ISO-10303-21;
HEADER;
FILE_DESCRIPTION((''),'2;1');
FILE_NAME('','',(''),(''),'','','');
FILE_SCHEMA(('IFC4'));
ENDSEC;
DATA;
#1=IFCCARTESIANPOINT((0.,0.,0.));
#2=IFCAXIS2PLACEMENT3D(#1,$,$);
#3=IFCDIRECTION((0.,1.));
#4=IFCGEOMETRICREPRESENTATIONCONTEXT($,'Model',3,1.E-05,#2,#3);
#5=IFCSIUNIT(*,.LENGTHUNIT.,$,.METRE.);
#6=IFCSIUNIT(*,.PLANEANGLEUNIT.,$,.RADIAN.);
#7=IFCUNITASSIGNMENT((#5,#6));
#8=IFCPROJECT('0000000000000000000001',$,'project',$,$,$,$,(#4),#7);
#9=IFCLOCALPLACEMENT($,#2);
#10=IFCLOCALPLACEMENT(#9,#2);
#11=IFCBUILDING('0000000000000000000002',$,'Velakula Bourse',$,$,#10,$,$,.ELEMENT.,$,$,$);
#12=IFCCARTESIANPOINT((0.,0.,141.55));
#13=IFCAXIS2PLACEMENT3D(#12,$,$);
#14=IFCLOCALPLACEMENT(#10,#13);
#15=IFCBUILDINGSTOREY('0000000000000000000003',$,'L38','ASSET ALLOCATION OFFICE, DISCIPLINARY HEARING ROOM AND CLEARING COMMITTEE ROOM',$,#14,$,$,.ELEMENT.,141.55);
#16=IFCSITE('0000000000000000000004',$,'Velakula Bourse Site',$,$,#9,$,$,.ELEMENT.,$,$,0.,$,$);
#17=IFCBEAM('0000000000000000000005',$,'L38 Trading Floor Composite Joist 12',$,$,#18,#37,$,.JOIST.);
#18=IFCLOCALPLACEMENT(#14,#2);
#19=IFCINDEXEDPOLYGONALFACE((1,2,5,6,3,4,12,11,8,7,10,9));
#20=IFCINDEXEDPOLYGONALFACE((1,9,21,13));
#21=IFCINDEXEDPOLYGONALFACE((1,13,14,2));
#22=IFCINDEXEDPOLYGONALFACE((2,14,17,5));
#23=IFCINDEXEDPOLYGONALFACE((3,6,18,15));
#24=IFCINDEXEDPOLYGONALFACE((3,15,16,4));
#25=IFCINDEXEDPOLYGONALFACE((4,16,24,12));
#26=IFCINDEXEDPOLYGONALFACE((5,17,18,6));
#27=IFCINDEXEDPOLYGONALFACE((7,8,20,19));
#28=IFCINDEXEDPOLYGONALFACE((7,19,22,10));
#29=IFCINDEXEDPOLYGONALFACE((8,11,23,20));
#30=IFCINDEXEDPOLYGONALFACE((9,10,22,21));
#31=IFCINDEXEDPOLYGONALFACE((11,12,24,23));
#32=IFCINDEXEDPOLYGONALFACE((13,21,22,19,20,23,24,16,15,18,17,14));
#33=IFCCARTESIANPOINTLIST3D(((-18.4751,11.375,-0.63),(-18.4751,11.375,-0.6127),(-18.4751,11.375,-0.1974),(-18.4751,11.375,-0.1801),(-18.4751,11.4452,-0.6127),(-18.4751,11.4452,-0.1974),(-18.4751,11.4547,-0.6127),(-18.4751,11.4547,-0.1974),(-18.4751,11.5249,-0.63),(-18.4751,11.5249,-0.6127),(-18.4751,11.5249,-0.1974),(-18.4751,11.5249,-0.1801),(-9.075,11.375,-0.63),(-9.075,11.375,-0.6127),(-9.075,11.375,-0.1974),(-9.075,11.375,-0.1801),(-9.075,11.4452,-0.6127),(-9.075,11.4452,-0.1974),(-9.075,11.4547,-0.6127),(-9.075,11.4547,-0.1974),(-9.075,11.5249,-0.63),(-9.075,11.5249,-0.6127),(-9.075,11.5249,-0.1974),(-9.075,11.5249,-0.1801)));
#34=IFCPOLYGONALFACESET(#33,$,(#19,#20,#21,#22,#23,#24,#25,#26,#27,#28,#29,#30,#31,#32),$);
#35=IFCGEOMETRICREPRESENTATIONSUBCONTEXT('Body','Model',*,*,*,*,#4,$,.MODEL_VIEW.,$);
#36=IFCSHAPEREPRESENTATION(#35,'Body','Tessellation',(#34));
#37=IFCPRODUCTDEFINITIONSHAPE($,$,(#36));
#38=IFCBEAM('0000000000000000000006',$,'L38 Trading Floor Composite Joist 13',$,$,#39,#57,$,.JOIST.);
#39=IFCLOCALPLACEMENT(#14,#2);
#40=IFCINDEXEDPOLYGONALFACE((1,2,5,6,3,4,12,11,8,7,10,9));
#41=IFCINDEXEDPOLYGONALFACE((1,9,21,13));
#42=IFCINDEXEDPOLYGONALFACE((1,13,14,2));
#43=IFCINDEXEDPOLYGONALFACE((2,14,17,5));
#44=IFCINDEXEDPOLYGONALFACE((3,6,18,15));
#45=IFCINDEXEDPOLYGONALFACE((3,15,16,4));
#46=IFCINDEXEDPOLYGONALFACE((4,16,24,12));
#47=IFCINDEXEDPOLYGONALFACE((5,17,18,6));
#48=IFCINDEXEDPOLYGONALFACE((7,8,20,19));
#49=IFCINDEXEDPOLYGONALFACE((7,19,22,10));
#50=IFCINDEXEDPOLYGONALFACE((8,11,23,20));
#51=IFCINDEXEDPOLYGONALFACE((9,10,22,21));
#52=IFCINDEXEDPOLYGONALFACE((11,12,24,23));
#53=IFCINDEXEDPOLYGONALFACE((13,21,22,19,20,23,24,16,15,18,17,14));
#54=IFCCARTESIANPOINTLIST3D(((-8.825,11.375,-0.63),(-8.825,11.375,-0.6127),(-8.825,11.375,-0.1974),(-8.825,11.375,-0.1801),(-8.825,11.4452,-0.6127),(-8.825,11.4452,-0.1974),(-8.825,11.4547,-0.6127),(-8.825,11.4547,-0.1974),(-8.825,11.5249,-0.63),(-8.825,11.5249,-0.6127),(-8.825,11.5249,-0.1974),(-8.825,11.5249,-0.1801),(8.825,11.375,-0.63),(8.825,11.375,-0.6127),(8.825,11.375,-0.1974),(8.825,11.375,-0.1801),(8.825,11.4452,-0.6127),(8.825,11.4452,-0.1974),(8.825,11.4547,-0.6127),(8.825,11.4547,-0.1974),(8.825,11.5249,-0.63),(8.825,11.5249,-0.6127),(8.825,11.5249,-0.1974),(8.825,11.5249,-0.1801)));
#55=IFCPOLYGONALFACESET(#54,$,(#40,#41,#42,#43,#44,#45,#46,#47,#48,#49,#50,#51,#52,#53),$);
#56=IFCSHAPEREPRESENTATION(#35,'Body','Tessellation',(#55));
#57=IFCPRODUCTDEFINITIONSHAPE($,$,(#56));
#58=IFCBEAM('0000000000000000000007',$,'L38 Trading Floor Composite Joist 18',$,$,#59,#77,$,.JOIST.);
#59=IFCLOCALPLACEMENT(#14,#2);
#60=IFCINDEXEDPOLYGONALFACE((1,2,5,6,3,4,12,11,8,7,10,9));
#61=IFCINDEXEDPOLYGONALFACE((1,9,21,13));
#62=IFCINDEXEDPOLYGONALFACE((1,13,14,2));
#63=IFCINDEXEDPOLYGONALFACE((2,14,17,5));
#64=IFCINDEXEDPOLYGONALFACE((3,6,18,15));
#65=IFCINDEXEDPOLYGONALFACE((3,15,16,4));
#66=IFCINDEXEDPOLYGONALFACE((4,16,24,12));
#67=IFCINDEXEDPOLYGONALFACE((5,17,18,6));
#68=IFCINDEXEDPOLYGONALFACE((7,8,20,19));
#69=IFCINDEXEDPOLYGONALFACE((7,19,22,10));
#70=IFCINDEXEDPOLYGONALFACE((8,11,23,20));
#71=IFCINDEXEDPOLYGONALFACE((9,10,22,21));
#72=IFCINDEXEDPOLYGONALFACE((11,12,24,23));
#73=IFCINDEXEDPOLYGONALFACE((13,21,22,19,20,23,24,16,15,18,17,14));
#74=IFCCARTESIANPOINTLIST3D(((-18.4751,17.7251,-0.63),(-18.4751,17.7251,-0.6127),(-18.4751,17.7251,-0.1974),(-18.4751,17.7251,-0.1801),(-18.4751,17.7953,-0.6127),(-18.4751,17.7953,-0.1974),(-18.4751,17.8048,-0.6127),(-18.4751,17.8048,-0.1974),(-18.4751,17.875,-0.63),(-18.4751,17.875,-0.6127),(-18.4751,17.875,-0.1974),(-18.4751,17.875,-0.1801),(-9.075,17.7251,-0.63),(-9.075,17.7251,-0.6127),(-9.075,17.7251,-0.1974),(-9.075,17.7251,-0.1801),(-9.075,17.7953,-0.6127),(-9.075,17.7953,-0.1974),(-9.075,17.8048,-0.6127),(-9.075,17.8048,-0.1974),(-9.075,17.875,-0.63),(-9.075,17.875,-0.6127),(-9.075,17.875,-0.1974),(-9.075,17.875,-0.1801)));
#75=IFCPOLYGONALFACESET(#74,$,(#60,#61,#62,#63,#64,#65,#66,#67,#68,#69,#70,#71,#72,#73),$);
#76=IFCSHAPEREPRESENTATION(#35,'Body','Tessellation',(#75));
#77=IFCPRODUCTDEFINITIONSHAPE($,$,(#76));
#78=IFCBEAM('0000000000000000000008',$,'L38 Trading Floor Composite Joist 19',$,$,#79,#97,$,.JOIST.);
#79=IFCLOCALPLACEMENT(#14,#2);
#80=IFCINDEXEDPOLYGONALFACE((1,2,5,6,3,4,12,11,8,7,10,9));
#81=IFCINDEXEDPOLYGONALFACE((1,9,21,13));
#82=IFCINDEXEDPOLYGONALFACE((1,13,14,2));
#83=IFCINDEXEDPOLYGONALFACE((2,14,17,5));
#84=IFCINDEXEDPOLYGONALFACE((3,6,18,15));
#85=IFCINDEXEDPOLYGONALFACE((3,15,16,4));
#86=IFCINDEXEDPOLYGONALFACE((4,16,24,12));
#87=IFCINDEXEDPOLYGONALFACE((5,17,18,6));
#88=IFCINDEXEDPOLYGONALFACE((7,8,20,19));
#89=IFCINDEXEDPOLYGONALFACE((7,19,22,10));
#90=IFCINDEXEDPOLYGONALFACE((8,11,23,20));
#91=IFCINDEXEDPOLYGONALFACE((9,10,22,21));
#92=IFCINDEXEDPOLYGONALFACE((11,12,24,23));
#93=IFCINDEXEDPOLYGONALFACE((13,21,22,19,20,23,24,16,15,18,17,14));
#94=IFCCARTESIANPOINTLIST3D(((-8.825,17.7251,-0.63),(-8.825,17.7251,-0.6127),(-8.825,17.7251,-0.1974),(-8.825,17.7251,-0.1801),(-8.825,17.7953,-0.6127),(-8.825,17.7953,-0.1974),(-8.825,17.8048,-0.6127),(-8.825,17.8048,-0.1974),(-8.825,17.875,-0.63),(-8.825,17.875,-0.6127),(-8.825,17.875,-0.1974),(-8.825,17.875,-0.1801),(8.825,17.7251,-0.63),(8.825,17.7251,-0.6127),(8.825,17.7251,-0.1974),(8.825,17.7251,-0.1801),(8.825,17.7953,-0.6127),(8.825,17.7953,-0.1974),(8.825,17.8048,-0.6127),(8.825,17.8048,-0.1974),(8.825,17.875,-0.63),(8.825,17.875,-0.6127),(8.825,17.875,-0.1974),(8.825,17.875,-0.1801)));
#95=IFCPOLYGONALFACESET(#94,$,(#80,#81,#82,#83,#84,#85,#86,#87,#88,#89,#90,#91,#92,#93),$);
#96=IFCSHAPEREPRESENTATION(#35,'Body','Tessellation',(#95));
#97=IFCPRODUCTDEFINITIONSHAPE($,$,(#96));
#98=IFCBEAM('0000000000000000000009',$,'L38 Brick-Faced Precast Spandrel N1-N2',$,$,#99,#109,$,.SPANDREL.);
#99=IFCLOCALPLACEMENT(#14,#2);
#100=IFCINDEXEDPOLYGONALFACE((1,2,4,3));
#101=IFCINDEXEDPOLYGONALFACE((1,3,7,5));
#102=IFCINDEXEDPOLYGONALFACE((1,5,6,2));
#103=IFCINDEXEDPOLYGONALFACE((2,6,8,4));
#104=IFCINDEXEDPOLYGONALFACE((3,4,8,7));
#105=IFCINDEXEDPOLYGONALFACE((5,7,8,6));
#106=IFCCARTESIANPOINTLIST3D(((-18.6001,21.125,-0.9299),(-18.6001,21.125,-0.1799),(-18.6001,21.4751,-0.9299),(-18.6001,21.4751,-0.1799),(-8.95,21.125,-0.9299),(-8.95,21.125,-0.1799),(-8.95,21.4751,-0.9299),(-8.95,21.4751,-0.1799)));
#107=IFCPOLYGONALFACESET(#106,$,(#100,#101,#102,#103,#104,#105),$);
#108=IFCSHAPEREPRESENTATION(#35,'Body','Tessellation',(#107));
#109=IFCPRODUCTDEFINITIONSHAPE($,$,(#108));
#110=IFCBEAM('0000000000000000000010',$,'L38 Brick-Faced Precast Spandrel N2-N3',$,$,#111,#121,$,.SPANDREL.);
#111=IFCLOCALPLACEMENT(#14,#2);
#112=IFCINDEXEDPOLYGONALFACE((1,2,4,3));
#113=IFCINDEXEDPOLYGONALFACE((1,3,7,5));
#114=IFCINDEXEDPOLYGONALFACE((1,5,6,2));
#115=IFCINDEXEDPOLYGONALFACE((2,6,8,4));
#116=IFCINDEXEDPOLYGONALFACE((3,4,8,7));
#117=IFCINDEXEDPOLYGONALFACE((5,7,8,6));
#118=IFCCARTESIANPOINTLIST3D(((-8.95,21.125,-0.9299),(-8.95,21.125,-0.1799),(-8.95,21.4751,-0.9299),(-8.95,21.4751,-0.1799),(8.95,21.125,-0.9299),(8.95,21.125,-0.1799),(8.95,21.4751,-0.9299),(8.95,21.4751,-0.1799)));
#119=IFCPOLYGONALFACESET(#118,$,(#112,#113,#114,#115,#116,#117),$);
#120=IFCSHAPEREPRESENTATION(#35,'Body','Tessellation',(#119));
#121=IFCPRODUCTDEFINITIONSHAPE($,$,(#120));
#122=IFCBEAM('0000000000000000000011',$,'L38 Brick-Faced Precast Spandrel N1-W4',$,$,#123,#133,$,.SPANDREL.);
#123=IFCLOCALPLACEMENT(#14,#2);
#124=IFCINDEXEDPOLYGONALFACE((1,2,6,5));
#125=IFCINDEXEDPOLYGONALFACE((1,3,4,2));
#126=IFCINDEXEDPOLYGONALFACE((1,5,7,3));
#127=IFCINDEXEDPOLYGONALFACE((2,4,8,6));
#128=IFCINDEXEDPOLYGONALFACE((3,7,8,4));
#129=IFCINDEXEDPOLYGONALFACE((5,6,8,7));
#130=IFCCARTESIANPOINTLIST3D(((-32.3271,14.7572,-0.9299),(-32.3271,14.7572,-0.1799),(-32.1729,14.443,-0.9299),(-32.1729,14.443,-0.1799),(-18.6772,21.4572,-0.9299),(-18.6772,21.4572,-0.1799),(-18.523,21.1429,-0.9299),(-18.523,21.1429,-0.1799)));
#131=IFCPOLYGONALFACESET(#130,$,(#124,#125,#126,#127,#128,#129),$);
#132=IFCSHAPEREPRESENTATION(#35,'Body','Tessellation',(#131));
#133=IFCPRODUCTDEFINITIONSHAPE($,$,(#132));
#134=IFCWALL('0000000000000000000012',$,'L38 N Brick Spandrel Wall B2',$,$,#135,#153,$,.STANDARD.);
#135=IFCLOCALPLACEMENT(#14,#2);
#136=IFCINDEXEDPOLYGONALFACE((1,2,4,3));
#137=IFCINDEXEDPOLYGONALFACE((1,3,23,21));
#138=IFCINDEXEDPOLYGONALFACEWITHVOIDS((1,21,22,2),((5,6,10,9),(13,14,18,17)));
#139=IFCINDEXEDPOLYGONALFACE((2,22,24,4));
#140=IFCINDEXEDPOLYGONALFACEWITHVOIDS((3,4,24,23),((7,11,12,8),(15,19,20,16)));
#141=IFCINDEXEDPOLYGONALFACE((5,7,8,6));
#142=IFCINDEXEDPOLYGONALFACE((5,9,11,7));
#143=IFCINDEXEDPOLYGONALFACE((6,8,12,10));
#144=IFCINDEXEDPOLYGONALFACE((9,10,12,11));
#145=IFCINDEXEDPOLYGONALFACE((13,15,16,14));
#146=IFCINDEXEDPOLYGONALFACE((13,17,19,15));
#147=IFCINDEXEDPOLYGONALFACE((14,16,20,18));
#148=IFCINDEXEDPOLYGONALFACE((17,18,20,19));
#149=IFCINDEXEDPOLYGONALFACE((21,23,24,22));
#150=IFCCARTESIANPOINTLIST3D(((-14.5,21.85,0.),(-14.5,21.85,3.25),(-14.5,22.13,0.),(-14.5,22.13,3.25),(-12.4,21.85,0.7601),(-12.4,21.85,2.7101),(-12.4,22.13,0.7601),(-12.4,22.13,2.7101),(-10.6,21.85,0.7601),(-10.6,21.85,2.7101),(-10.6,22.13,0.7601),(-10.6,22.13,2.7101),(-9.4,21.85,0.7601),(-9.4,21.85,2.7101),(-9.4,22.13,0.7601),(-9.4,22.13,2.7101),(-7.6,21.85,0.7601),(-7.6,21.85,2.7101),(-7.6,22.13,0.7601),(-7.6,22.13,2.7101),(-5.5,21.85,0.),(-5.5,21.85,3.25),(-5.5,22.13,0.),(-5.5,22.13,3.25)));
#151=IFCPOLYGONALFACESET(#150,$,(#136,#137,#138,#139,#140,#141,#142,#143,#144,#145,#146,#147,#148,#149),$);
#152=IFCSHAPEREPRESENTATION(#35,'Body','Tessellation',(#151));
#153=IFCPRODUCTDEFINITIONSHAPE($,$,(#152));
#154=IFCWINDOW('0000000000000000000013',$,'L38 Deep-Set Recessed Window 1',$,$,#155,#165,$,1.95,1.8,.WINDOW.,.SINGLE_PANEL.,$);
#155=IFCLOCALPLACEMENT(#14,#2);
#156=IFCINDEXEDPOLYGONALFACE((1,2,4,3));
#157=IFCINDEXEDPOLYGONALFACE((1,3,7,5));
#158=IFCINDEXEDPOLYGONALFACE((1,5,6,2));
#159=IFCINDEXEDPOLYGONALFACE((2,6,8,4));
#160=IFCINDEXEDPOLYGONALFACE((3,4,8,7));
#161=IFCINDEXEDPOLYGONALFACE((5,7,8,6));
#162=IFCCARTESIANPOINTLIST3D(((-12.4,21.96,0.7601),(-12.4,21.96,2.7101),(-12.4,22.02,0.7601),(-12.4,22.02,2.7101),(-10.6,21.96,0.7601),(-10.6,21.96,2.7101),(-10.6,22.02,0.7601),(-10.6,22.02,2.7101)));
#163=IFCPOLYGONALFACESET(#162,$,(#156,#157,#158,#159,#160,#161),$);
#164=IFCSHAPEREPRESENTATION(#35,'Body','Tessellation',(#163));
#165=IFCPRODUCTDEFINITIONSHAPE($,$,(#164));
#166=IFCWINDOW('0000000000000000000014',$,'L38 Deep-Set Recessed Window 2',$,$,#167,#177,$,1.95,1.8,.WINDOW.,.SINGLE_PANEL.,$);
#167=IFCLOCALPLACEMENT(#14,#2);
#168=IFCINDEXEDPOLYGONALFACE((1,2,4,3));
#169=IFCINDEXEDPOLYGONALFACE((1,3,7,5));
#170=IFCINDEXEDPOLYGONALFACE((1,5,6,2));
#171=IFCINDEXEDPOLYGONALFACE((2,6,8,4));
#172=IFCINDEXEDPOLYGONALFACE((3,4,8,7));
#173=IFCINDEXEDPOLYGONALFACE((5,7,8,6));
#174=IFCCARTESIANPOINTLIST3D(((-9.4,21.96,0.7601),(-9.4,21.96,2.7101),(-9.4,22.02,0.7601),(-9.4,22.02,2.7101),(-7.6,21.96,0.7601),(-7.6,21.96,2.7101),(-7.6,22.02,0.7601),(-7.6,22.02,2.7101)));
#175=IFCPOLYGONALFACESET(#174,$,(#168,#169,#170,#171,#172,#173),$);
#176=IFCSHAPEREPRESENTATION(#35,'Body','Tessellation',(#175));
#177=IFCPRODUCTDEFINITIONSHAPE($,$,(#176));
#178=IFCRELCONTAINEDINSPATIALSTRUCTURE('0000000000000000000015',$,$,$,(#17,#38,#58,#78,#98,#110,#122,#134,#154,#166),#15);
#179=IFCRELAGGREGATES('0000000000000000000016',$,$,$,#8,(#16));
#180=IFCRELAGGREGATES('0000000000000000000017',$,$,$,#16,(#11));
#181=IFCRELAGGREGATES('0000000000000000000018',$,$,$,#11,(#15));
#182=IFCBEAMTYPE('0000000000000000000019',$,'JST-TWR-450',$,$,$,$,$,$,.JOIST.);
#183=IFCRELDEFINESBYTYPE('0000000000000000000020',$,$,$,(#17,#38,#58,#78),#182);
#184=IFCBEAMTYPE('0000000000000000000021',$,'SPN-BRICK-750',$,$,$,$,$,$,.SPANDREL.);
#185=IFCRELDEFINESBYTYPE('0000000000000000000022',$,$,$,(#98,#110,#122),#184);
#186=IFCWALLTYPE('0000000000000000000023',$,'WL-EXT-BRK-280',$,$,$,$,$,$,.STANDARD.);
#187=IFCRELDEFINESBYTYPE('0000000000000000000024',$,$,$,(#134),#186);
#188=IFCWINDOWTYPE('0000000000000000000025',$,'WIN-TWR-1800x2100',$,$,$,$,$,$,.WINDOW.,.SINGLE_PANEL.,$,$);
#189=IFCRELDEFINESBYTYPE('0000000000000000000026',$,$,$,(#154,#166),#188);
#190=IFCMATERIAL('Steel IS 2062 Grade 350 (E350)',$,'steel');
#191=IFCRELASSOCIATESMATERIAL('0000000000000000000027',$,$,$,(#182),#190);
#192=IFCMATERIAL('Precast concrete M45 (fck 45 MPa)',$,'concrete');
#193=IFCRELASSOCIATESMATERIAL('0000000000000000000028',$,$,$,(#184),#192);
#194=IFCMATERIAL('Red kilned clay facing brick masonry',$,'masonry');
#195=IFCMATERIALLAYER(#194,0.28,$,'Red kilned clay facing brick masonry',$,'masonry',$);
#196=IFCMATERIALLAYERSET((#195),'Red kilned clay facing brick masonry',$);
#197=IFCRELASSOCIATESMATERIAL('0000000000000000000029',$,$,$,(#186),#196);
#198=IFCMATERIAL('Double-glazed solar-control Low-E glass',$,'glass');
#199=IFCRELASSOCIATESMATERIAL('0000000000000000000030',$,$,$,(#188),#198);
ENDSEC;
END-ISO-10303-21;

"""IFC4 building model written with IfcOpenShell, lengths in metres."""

from ifc_helpers import new_model, si_unit, direction, frame, frame_2d, origin, origin_2d, place, context, subcontext, project, spatial, rectangle, i_section, extrude, material, layer, layer_set, material_profile, profile_set, type_object, element, fill, save


model = new_model("IFC4")

# Units and contexts
model_context = context("Model", 3, precision=1e-05, world=origin(), true_north=direction((0.0, 1.0)))
body_context = subcontext(model_context, "Body", "Model", "MODEL_VIEW")
ifc_project = project(units=[si_unit("LENGTHUNIT", "METRE"), si_unit("PLANEANGLEUNIT", "RADIAN")], contexts=[model_context])

# Site, building, storey
site_placement = place(None, origin())
site = spatial("IfcSite", under=ifc_project, at=site_placement, Name="Velakula Bourse Site", CompositionType="ELEMENT", RefElevation=0.0)
building_placement = place(site_placement, origin())
building = spatial("IfcBuilding", under=site, at=building_placement, Name="Velakula Bourse", CompositionType="ELEMENT")
storey_placement = place(building_placement, frame((0.0, 0.0, 141.55)))
storey = spatial("IfcBuildingStorey", under=building, at=storey_placement, Name="L38", Description="ASSET ALLOCATION OFFICE, DISCIPLINARY HEARING ROOM AND CLEARING COMMITTEE ROOM", CompositionType="ELEMENT", Elevation=141.55)

# Shared definitions
ifc_material_1 = material(Name="Steel IS 2062 Grade 350 (E350)", Category="steel")
ifc_material_2 = material(Name="Precast concrete M45 (fck 45 MPa)", Category="concrete")

# Beams
ifc_material_profile_1 = material_profile(ifc_material_1, i_section(OverallWidth=0.1499, OverallDepth=0.45, WebThickness=0.0095, FlangeThickness=0.0173, at=origin_2d()), Name="Steel IS 2062 Grade 350 (E350)")
ifc_profile_set_1 = profile_set([ifc_material_profile_1], Name="Steel IS 2062 Grade 350 (E350)")
beam_type_1 = type_object("IfcBeamType", Name="JST-TWR-450", PredefinedType="JOIST", material=ifc_profile_set_1)
beam_1_placement = place(storey_placement, frame((-18.4751, 11.45, -0.405), z_axis=(1.0, 0.0, 0.0), x_axis=(0.0, 1.0, 0.0)))
element("IfcBeam", 1, at=beam_1_placement, inside=storey, type_object=beam_type_1, Name="L38 Trading Floor Composite Joist 12", PredefinedType="JOIST", context=body_context, shape_type="SweptSolid", body=[
    extrude(i_section(OverallWidth=0.1499, OverallDepth=0.45, WebThickness=0.0095, FlangeThickness=0.0173, at=origin_2d()), origin(), (0.0, 0.0, 1.0), 9.4001),
])
beam_2_placement = place(storey_placement, frame((-8.825, 11.45, -0.405), z_axis=(1.0, 0.0, 0.0), x_axis=(0.0, 1.0, 0.0)))
element("IfcBeam", 2, at=beam_2_placement, inside=storey, type_object=beam_type_1, Name="L38 Trading Floor Composite Joist 13", PredefinedType="JOIST", context=body_context, shape_type="SweptSolid", body=[
    extrude(i_section(OverallWidth=0.1499, OverallDepth=0.45, WebThickness=0.0095, FlangeThickness=0.0173, at=origin_2d()), origin(), (0.0, 0.0, 1.0), 17.6499),
])
beam_3_placement = place(storey_placement, frame((-18.4751, 17.8, -0.405), z_axis=(1.0, 0.0, 0.0), x_axis=(0.0, 1.0, 0.0)))
element("IfcBeam", 3, at=beam_3_placement, inside=storey, type_object=beam_type_1, Name="L38 Trading Floor Composite Joist 18", PredefinedType="JOIST", context=body_context, shape_type="SweptSolid", body=[
    extrude(i_section(OverallWidth=0.1499, OverallDepth=0.45, WebThickness=0.0095, FlangeThickness=0.0173, at=origin_2d()), origin(), (0.0, 0.0, 1.0), 9.4001),
])
beam_4_placement = place(storey_placement, frame((-8.825, 17.8, -0.405), z_axis=(1.0, 0.0, 0.0), x_axis=(0.0, 1.0, 0.0)))
element("IfcBeam", 4, at=beam_4_placement, inside=storey, type_object=beam_type_1, Name="L38 Trading Floor Composite Joist 19", PredefinedType="JOIST", context=body_context, shape_type="SweptSolid", body=[
    extrude(i_section(OverallWidth=0.1499, OverallDepth=0.45, WebThickness=0.0095, FlangeThickness=0.0173, at=origin_2d()), origin(), (0.0, 0.0, 1.0), 17.6499),
])
ifc_material_profile_2 = material_profile(ifc_material_2, rectangle(XDim=0.3501, YDim=0.75, at=origin_2d()), Name="Precast concrete M45 (fck 45 MPa)")
ifc_profile_set_2 = profile_set([ifc_material_profile_2], Name="Precast concrete M45 (fck 45 MPa)")
beam_type_2 = type_object("IfcBeamType", Name="SPN-BRICK-750", PredefinedType="SPANDREL", material=ifc_profile_set_2)
beam_5_placement = place(storey_placement, frame((-18.6001, 21.3, -0.5549), z_axis=(1.0, 0.0, 0.0), x_axis=(0.0, 1.0, 0.0)))
element("IfcBeam", 5, at=beam_5_placement, inside=storey, type_object=beam_type_2, Name="L38 Brick-Faced Precast Spandrel N1-N2", PredefinedType="SPANDREL", context=body_context, shape_type="SweptSolid", body=[
    extrude(rectangle(XDim=0.3501, YDim=0.75, at=origin_2d()), origin(), (0.0, 0.0, 1.0), 9.6501),
])
beam_6_placement = place(storey_placement, frame((-8.95, 21.3, -0.5549), z_axis=(1.0, 0.0, 0.0), x_axis=(0.0, 1.0, 0.0)))
element("IfcBeam", 6, at=beam_6_placement, inside=storey, type_object=beam_type_2, Name="L38 Brick-Faced Precast Spandrel N2-N3", PredefinedType="SPANDREL", context=body_context, shape_type="SweptSolid", body=[
    extrude(rectangle(XDim=0.3501, YDim=0.75, at=origin_2d()), origin(), (0.0, 0.0, 1.0), 17.8999),
])
beam_7_placement = place(storey_placement, frame((-18.6001, 21.3, -0.5549), z_axis=(-0.897691, -0.440625, 0.0), x_axis=(0.440625, -0.897691, 0.0)))
element("IfcBeam", 7, at=beam_7_placement, inside=storey, type_object=beam_type_2, Name="L38 Brick-Faced Precast Spandrel N1-W4", PredefinedType="SPANDREL", context=body_context, shape_type="SweptSolid", body=[
    extrude(rectangle(XDim=0.3501, YDim=0.75, at=origin_2d()), origin(), (0.0, 0.0, 1.0), 15.2056),
])

# Wall, openings, windows
ifc_material_3 = material(Name="Red kilned clay facing brick masonry", Category="masonry")
ifc_layer_1 = layer(ifc_material_3, 0.28, Name="Red kilned clay facing brick masonry", Category="masonry")
ifc_layer_set_1 = layer_set([ifc_layer_1], Name="Red kilned clay facing brick masonry")
wall_type_1 = type_object("IfcWallType", Name="WL-EXT-BRK-280", PredefinedType="STANDARD", material=ifc_layer_set_1)
wall_1_placement = place(storey_placement, frame((-14.5, 21.99, 0.0), z_axis=(0.0, 0.0, 1.0), x_axis=(1.0, 0.0, 0.0)))
wall_1 = element("IfcWall", 8, at=wall_1_placement, inside=storey, type_object=wall_type_1, Name="L38 N Brick Spandrel Wall B2", PredefinedType="STANDARD", context=body_context, shape_type="SweptSolid", body=[
    extrude(rectangle(XDim=9.0, YDim=0.28, at=frame_2d((4.5, 0.0))), origin(), (0.0, 0.0, 1.0), 3.25),
])
opening_1_placement = place(wall_1_placement, frame((2.1001, 0.0, 0.76)))
opening_1 = element("IfcOpeningElement", 9, at=opening_1_placement, cuts=wall_1, PredefinedType="OPENING", context=body_context, shape_type="SweptSolid", body=[
    extrude(rectangle(XDim=1.8, YDim=1.95, at=frame_2d((0.8999, 0.9751))), frame((0.0, 0.1499, 0.0), z_axis=(0.0, -1.0, 0.0), x_axis=(1.0, 0.0, 0.0)), (0.0, 0.0, 1.0), 0.3),
])
opening_2_placement = place(wall_1_placement, frame((5.1001, 0.0, 0.76)))
opening_2 = element("IfcOpeningElement", 10, at=opening_2_placement, cuts=wall_1, PredefinedType="OPENING", context=body_context, shape_type="SweptSolid", body=[
    extrude(rectangle(XDim=1.8, YDim=1.95, at=frame_2d((0.8999, 0.9751))), frame((0.0, 0.1499, 0.0), z_axis=(0.0, -1.0, 0.0), x_axis=(1.0, 0.0, 0.0)), (0.0, 0.0, 1.0), 0.3),
])
ifc_material_4 = material(Name="Double-glazed solar-control Low-E glass", Category="glass")
window_type = type_object("IfcWindowType", Name="WIN-TWR-1800x2100", PartitioningType="SINGLE_PANEL", PredefinedType="WINDOW", material=ifc_material_4)
window_1_placement = place(opening_1_placement, origin())
window_1 = element("IfcWindow", 11, at=window_1_placement, inside=storey, type_object=window_type, Name="L38 Deep-Set Recessed Window 1", OverallHeight=1.95, OverallWidth=1.8, PartitioningType="SINGLE_PANEL", PredefinedType="WINDOW", context=body_context, shape_type="SweptSolid", body=[
    extrude(rectangle(XDim=1.8, YDim=1.95, at=frame_2d((0.8999, 0.9751))), frame((0.0, 0.03, 0.0), z_axis=(0.0, -1.0, 0.0), x_axis=(1.0, 0.0, 0.0)), (0.0, 0.0, 1.0), 0.0601),
])
fill(opening_1, window_1)
window_2_placement = place(opening_2_placement, origin())
window_2 = element("IfcWindow", 12, at=window_2_placement, inside=storey, type_object=window_type, Name="L38 Deep-Set Recessed Window 2", OverallHeight=1.95, OverallWidth=1.8, PartitioningType="SINGLE_PANEL", PredefinedType="WINDOW", context=body_context, shape_type="SweptSolid", body=[
    extrude(rectangle(XDim=1.8, YDim=1.95, at=frame_2d((0.8999, 0.9751))), frame((0.0, 0.03, 0.0), z_axis=(0.0, -1.0, 0.0), x_axis=(1.0, 0.0, 0.0)), (0.0, 0.0, 1.0), 0.0601),
])
fill(opening_2, window_2)

save(model, "model.ifc")
